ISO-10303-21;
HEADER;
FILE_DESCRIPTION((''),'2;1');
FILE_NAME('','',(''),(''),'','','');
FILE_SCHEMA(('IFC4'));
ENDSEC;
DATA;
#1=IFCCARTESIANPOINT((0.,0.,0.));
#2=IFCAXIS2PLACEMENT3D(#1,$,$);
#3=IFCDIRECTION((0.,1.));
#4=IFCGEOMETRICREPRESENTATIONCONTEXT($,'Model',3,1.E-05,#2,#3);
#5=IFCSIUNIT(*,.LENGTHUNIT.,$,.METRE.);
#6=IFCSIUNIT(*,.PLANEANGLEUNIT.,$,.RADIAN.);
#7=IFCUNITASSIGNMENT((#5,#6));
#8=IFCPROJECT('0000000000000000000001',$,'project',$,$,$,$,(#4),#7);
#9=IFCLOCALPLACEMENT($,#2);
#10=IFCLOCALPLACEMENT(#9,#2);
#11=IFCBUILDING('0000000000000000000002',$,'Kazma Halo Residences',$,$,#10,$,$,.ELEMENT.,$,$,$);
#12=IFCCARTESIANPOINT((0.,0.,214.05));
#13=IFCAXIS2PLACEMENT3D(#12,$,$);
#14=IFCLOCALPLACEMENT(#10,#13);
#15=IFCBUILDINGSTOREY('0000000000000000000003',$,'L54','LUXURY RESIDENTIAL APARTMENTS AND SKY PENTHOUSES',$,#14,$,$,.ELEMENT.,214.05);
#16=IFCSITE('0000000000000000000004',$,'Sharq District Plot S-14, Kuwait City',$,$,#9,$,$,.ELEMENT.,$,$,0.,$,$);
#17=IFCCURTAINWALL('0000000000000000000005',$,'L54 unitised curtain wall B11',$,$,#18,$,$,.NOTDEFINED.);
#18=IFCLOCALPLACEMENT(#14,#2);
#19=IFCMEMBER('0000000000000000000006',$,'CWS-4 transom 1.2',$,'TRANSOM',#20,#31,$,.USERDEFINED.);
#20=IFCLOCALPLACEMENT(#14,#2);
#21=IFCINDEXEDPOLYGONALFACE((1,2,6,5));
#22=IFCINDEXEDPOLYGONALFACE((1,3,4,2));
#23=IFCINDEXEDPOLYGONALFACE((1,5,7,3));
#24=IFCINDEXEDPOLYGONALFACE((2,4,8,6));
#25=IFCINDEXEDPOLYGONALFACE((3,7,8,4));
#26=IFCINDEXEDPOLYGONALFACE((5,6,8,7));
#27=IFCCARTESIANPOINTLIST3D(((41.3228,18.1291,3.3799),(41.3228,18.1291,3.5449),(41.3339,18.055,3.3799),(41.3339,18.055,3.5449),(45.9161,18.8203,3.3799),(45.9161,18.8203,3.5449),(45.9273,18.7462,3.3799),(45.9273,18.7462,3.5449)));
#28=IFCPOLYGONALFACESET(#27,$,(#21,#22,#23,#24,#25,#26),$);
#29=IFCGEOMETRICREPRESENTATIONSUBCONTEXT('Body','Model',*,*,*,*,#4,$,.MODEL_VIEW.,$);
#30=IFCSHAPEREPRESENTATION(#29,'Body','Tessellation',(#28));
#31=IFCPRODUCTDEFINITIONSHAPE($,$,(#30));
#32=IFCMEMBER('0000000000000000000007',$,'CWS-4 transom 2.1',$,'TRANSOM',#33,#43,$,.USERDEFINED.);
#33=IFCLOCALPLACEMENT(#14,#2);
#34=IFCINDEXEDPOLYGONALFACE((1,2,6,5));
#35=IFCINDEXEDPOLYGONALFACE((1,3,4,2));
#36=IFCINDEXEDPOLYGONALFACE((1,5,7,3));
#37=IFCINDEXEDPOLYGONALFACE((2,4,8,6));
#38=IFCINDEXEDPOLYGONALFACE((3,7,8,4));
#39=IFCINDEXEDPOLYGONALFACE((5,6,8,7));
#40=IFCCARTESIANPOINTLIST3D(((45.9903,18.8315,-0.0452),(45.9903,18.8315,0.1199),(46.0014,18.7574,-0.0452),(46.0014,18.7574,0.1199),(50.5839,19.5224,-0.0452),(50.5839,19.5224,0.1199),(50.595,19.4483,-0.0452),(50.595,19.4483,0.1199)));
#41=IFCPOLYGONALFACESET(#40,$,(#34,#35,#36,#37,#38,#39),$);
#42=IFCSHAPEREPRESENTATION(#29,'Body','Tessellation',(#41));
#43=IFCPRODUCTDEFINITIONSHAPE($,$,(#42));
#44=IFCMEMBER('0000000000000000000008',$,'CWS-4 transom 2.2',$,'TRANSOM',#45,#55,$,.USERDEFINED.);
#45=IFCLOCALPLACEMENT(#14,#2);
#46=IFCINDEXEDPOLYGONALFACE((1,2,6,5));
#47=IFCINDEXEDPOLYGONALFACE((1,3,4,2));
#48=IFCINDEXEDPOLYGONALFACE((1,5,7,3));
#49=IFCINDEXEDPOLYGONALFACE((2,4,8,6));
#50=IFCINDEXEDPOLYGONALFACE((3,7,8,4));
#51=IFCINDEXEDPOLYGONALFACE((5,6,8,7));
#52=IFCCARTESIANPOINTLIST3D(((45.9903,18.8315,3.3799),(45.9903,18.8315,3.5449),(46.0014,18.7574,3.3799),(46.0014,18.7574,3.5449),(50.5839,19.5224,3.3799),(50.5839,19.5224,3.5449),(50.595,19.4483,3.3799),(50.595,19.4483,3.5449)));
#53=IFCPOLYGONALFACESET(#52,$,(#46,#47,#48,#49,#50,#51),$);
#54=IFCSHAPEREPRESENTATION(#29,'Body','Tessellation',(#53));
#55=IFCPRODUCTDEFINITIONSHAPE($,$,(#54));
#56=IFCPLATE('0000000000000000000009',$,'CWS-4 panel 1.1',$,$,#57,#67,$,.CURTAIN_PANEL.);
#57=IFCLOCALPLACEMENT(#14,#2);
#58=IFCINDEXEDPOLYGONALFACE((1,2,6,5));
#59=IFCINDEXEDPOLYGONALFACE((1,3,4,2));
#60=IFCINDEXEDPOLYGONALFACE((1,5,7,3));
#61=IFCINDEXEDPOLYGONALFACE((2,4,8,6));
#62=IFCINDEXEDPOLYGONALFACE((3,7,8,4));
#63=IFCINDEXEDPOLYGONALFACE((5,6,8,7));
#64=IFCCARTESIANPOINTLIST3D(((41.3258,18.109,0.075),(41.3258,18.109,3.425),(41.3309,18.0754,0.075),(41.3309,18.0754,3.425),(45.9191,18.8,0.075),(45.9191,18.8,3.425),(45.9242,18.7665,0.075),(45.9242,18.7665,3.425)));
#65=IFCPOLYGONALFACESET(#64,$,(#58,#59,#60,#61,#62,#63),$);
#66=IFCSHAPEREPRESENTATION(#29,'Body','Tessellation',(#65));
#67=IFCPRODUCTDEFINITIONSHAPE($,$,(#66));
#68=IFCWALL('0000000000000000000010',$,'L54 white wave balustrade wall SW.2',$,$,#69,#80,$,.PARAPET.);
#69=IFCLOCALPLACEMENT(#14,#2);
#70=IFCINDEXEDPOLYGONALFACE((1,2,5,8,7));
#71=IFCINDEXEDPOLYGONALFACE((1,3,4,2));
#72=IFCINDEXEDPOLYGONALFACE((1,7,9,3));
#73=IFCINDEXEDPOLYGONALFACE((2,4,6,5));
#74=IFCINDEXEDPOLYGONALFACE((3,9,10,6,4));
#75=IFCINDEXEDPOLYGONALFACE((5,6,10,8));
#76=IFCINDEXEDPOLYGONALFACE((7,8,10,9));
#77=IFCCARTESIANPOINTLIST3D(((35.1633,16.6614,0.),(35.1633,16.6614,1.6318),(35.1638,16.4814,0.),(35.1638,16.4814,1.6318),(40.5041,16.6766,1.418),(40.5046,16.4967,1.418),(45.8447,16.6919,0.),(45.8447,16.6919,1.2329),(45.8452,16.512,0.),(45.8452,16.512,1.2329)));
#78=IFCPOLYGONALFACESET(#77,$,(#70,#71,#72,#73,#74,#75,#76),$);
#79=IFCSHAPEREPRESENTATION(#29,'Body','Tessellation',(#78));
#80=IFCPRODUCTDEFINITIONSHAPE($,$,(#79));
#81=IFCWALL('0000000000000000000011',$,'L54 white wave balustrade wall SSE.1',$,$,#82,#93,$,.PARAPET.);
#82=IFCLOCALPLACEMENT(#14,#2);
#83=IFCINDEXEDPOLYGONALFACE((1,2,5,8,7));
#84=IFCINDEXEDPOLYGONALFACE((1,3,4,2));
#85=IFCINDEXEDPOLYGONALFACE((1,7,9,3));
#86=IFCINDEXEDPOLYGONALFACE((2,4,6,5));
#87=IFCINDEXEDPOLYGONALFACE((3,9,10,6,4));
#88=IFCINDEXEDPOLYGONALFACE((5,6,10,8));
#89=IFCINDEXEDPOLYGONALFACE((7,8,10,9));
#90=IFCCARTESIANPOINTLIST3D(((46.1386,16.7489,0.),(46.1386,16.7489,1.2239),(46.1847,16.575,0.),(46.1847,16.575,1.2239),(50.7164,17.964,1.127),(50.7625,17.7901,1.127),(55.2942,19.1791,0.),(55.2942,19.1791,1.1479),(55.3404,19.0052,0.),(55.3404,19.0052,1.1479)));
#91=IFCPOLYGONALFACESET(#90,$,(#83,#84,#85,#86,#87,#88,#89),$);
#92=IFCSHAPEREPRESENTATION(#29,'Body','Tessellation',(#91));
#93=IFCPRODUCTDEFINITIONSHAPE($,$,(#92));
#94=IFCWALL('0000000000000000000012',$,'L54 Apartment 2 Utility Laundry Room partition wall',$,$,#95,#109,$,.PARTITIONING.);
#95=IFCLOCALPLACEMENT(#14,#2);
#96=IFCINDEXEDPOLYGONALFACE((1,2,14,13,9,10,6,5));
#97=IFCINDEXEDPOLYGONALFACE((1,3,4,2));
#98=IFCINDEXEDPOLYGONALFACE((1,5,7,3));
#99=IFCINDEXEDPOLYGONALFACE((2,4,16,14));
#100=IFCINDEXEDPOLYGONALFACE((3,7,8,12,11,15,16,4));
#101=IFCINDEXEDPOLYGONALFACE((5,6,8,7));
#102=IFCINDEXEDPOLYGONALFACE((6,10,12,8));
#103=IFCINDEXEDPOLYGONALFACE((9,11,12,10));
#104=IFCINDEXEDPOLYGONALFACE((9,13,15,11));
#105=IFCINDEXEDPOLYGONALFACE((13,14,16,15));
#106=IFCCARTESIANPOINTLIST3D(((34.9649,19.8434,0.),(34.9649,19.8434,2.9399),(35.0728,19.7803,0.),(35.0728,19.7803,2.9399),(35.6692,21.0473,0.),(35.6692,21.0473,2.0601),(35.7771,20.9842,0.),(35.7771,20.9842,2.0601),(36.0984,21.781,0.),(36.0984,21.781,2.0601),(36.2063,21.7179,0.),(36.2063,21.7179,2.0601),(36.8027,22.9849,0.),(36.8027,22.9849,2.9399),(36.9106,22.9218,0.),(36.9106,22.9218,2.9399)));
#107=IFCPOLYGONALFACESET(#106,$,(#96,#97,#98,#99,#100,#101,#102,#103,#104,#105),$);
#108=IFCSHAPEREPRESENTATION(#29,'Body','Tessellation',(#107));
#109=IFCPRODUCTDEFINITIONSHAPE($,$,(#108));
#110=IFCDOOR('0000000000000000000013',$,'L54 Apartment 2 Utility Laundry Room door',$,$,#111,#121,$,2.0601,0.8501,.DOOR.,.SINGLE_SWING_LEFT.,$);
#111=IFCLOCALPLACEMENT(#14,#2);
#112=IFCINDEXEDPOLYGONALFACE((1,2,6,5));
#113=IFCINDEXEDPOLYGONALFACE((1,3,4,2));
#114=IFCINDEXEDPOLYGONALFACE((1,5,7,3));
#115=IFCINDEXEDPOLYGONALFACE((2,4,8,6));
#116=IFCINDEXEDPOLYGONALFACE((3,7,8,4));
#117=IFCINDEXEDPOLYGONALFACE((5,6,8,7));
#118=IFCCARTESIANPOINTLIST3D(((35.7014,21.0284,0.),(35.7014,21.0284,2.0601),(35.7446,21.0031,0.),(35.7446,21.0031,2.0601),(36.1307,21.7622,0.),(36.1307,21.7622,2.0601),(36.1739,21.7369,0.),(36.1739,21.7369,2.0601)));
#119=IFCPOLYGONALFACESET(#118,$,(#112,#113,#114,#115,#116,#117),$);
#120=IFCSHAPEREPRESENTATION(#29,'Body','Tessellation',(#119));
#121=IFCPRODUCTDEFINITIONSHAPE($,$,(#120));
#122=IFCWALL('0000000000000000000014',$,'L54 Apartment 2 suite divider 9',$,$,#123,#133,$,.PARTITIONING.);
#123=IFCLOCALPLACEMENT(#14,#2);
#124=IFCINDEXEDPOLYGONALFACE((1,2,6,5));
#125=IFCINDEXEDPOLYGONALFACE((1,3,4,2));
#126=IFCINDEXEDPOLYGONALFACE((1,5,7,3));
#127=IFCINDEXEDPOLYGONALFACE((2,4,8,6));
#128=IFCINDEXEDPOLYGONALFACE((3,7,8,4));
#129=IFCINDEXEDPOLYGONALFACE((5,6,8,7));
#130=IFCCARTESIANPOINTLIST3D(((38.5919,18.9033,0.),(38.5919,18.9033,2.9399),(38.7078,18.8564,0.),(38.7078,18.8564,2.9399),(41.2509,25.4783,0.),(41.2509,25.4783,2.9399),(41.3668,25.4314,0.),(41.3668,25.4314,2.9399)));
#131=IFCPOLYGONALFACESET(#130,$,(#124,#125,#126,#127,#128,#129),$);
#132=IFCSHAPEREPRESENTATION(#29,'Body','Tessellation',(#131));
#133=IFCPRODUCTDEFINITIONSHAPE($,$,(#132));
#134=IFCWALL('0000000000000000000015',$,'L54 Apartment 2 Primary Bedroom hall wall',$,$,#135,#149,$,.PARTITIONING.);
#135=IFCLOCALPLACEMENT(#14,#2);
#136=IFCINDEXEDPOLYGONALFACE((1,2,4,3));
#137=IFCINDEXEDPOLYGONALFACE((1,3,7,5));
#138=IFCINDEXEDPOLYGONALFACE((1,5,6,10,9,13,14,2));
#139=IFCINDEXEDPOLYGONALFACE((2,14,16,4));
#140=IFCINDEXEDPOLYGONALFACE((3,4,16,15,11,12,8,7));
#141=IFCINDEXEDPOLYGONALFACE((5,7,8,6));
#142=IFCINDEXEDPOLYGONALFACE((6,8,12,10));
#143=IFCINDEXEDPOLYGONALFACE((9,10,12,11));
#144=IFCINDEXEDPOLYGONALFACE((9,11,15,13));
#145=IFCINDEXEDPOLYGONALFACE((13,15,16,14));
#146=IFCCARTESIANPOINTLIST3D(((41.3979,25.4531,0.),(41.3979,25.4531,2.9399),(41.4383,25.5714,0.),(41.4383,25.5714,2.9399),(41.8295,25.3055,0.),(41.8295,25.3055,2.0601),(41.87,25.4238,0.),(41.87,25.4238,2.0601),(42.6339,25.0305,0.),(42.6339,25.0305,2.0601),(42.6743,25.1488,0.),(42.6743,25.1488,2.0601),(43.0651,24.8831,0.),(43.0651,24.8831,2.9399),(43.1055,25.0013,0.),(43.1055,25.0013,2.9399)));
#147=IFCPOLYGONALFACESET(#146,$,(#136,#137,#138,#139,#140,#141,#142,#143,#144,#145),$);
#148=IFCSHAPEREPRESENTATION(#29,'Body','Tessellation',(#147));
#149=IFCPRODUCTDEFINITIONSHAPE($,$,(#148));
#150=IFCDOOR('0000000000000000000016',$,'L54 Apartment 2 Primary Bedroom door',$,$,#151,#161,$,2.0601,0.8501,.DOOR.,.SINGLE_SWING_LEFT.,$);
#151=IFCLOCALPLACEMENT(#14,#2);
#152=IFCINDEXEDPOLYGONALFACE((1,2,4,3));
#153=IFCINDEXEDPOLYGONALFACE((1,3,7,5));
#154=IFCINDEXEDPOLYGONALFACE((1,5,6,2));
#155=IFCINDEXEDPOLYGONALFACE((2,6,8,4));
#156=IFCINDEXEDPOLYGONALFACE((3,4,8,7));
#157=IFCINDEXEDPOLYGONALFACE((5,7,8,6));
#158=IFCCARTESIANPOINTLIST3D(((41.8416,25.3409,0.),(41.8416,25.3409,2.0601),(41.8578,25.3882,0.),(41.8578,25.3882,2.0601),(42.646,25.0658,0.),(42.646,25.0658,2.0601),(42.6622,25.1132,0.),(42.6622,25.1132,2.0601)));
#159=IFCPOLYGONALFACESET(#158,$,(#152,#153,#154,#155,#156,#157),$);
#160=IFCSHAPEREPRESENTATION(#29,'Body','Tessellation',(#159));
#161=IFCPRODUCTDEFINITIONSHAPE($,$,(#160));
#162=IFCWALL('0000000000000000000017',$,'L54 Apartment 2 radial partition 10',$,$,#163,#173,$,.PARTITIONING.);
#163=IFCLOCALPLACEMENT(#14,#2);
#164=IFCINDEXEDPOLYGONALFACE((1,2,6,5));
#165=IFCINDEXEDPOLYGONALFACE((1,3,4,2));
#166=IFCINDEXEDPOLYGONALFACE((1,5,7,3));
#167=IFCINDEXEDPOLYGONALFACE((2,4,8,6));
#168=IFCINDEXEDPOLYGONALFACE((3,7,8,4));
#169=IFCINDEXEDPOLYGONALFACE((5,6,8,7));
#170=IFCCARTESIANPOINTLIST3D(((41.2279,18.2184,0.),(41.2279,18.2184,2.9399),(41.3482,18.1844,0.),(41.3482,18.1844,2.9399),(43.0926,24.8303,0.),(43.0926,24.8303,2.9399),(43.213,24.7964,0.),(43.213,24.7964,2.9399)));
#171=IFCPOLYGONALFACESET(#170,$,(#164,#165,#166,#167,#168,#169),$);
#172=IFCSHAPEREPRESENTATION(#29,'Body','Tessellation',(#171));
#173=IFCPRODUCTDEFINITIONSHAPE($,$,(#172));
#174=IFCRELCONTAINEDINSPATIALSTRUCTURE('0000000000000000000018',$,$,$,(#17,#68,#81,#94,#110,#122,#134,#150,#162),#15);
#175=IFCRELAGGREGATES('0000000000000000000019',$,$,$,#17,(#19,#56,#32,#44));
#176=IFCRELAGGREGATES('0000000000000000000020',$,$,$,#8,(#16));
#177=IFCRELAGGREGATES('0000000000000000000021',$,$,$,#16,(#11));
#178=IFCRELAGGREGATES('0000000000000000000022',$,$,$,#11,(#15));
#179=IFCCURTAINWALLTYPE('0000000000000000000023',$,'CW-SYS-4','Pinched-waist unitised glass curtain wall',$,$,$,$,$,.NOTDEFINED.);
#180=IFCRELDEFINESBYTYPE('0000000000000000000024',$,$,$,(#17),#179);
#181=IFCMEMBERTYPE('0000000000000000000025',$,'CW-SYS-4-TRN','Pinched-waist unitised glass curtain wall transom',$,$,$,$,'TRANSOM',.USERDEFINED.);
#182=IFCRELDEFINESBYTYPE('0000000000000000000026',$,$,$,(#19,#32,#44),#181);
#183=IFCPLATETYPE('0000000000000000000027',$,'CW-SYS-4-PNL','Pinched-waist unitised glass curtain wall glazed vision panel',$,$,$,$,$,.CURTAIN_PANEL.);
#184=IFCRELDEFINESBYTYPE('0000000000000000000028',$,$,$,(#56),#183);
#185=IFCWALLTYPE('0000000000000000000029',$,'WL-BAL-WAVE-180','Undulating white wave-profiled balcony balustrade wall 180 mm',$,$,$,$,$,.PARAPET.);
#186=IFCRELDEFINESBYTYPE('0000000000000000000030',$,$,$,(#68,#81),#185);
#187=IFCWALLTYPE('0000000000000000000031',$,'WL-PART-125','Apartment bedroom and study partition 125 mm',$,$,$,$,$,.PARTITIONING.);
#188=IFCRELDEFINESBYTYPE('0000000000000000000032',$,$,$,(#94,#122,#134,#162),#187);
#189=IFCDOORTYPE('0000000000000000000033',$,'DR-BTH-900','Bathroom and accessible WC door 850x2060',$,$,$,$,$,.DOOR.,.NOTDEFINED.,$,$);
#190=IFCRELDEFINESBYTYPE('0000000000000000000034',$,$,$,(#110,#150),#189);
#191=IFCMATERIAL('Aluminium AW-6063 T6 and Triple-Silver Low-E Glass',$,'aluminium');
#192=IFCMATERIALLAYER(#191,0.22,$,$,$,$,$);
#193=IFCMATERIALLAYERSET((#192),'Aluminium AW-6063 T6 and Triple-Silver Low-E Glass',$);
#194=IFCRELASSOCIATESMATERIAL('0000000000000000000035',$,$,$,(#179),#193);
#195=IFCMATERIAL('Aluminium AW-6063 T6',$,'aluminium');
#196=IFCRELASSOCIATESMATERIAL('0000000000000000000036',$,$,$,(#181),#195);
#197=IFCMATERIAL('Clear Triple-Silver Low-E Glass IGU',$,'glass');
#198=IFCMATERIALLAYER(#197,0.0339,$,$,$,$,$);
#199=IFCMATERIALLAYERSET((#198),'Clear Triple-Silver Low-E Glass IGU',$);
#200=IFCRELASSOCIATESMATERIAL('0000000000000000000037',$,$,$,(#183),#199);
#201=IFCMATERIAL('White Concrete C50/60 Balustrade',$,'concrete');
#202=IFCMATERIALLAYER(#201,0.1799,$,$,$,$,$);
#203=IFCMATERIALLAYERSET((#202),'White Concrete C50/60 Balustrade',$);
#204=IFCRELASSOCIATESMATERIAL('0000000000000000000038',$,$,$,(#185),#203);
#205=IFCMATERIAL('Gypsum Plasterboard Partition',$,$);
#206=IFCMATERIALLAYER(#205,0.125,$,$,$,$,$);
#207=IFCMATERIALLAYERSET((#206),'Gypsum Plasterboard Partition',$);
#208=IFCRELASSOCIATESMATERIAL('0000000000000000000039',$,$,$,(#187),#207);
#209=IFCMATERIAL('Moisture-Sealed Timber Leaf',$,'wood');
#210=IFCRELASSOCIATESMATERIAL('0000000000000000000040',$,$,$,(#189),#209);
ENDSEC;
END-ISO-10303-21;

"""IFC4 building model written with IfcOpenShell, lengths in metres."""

from ifc_helpers import new_model, si_unit, direction, frame, frame_2d, origin, origin_2d, place, context, subcontext, project, spatial, polyline, rectangle, outline, extrude, material, layer, layer_set, material_profile, profile_set, type_object, element, fill, aggregate, save


model = new_model("IFC4")

# Units and contexts
model_context = context("Model", 3, precision=1e-05, world=origin(), true_north=direction((0.0, 1.0)))
body_context = subcontext(model_context, "Body", "Model", "MODEL_VIEW")
ifc_project = project(units=[si_unit("LENGTHUNIT", "METRE"), si_unit("PLANEANGLEUNIT", "RADIAN")], contexts=[model_context])

# Site, building, storey
site_placement = place(None, origin())
site = spatial("IfcSite", under=ifc_project, at=site_placement, Name="Sharq District Plot S-14, Kuwait City", CompositionType="ELEMENT", RefElevation=0.0)
building_placement = place(site_placement, origin())
building = spatial("IfcBuilding", under=site, at=building_placement, Name="Kazma Halo Residences", CompositionType="ELEMENT")
storey_placement = place(building_placement, frame((0.0, 0.0, 214.05)))
storey = spatial("IfcBuildingStorey", under=building, at=storey_placement, Name="L54", Description="LUXURY RESIDENTIAL APARTMENTS AND SKY PENTHOUSES", CompositionType="ELEMENT", Elevation=214.05)

# Curtain wall, members, plate
ifc_material_1 = material(Name="Aluminium AW-6063 T6 and Triple-Silver Low-E Glass", Category="aluminium")
ifc_layer_1 = layer(ifc_material_1, 0.22)
ifc_layer_set_1 = layer_set([ifc_layer_1], Name="Aluminium AW-6063 T6 and Triple-Silver Low-E Glass")
curtain_wall_type = type_object("IfcCurtainWallType", Name="CW-SYS-4", Description="Pinched-waist unitised glass curtain wall", PredefinedType="NOTDEFINED", material=ifc_layer_set_1)
curtain_wall_placement = place(storey_placement, origin())
curtain_wall = element("IfcCurtainWall", 1, at=curtain_wall_placement, inside=storey, type_object=curtain_wall_type, Name="L54 unitised curtain wall B11", PredefinedType="NOTDEFINED")
ifc_material_2 = material(Name="Aluminium AW-6063 T6", Category="aluminium")
ifc_material_profile_1 = material_profile(ifc_material_2, rectangle(XDim=0.075, YDim=0.165, at=origin_2d()), Name="CWT-75x165")
ifc_profile_set_1 = profile_set([ifc_material_profile_1], Name="Aluminium AW-6063 T6")
member_type_1 = type_object("IfcMemberType", Name="CW-SYS-4-TRN", Description="Pinched-waist unitised glass curtain wall transom", ElementType="TRANSOM", PredefinedType="USERDEFINED", material=ifc_profile_set_1)
member_1_placement = place(storey_placement, frame((41.3284, 18.092, 3.4624), z_axis=(0.988868, 0.148798, 0.0), x_axis=(-0.148798, 0.988868, 0.0)))
member_1 = element("IfcMember", 2, at=member_1_placement, type_object=member_type_1, Name="CWS-4 transom 1.2", ObjectType="TRANSOM", PredefinedType="USERDEFINED", context=body_context, shape_type="SweptSolid", body=[
    extrude(rectangle(XDim=0.075, YDim=0.165, at=origin_2d()), origin(), (0.0, 0.0, 1.0), 4.645),
])
member_2_placement = place(storey_placement, frame((45.9958, 18.7944, 0.0374), z_axis=(0.988877, 0.148739, 0.0), x_axis=(-0.148739, 0.988877, 0.0)))
member_2 = element("IfcMember", 3, at=member_2_placement, type_object=member_type_1, Name="CWS-4 transom 2.1", ObjectType="TRANSOM", PredefinedType="USERDEFINED", context=body_context, shape_type="SweptSolid", body=[
    extrude(rectangle(XDim=0.075, YDim=0.165, at=origin_2d()), origin(), (0.0, 0.0, 1.0), 4.6453),
])
member_3_placement = place(storey_placement, frame((45.9958, 18.7944, 3.4624), z_axis=(0.988877, 0.148739, 0.0), x_axis=(-0.148739, 0.988877, 0.0)))
member_3 = element("IfcMember", 4, at=member_3_placement, type_object=member_type_1, Name="CWS-4 transom 2.2", ObjectType="TRANSOM", PredefinedType="USERDEFINED", context=body_context, shape_type="SweptSolid", body=[
    extrude(rectangle(XDim=0.075, YDim=0.165, at=origin_2d()), origin(), (0.0, 0.0, 1.0), 4.6453),
])
ifc_material_3 = material(Name="Clear Triple-Silver Low-E Glass IGU", Category="glass")
ifc_layer_2 = layer(ifc_material_3, 0.0339)
ifc_layer_set_2 = layer_set([ifc_layer_2], Name="Clear Triple-Silver Low-E Glass IGU")
plate_type = type_object("IfcPlateType", Name="CW-SYS-4-PNL", Description="Pinched-waist unitised glass curtain wall glazed vision panel", PredefinedType="CURTAIN_PANEL", material=ifc_layer_set_2)
plate_placement = place(storey_placement, frame((43.625, 18.4377, 0.075), z_axis=(0.0, 0.0, 1.0), x_axis=(0.988871, 0.148773, 0.0)))
plate = element("IfcPlate", 5, at=plate_placement, type_object=plate_type, Name="CWS-4 panel 1.1", PredefinedType="CURTAIN_PANEL", context=body_context, shape_type="SweptSolid", body=[
    extrude(rectangle(XDim=4.645, YDim=0.0339, at=origin_2d()), origin(), (0.0, 0.0, 1.0), 3.3501),
])
aggregate(curtain_wall, [member_1, plate, member_2, member_3])

# Walls
ifc_material_4 = material(Name="White Concrete C50/60 Balustrade", Category="concrete")
ifc_layer_3 = layer(ifc_material_4, 0.1799)
ifc_layer_set_3 = layer_set([ifc_layer_3], Name="White Concrete C50/60 Balustrade")
wall_type_1 = type_object("IfcWallType", Name="WL-BAL-WAVE-180", Description="Undulating white wave-profiled balcony balustrade wall 180 mm", PredefinedType="PARAPET", material=ifc_layer_set_3)
wall_1_placement = place(storey_placement, frame((35.1636, 16.5715, 0.0), z_axis=(0.0, 0.0, 1.0), x_axis=(0.999996, 0.002857, 0.0)))
element("IfcWall", 6, at=wall_1_placement, inside=storey, type_object=wall_type_1, Name="L54 white wave balustrade wall SW.2", PredefinedType="PARAPET", context=body_context, shape_type="SweptSolid", body=[
    extrude(outline(polyline([(0.0, 0.0), (10.6814, 0.0), (10.6814, 1.2329), (5.3408, 1.418), (0.0, 1.6318), (0.0, 0.0)])), frame((0.0, 0.0898, 0.0), z_axis=(0.0, -1.0, 0.0), x_axis=(1.0, 0.0, 0.0)), (0.0, 0.0, 1.0), 0.1799),
])
wall_2_placement = place(storey_placement, frame((46.1616, 16.6621, 0.0), z_axis=(0.0, 0.0, 1.0), x_axis=(0.966531, 0.256549, 0.0)))
element("IfcWall", 7, at=wall_2_placement, inside=storey, type_object=wall_type_1, Name="L54 white wave balustrade wall SSE.1", PredefinedType="PARAPET", context=body_context, shape_type="SweptSolid", body=[
    extrude(outline(polyline([(0.0, 0.0), (9.4727, 0.0), (9.4727, 1.1479), (4.7363, 1.127), (0.0, 1.2239), (0.0, 0.0)])), frame((0.0, 0.0898, 0.0), z_axis=(0.0, -1.0, 0.0), x_axis=(1.0, 0.0, 0.0)), (0.0, 0.0, 1.0), 0.1799),
])

# Wall, opening, door
ifc_material_5 = material(Name="Gypsum Plasterboard Partition")
ifc_layer_4 = layer(ifc_material_5, 0.125)
ifc_layer_set_4 = layer_set([ifc_layer_4], Name="Gypsum Plasterboard Partition")
wall_type_2 = type_object("IfcWallType", Name="WL-PART-125", Description="Apartment bedroom and study partition 125 mm", PredefinedType="PARTITIONING", material=ifc_layer_set_4)
wall_3_placement = place(storey_placement, frame((36.8567, 22.9534, 0.0), z_axis=(0.0, 0.0, 1.0), x_axis=(-0.504955, -0.863146, 0.0)))
wall_3 = element("IfcWall", 8, at=wall_3_placement, inside=storey, type_object=wall_type_2, Name="L54 Apartment 2 Utility Laundry Room partition wall", PredefinedType="PARTITIONING", context=body_context, shape_type="SweptSolid", body=[
    extrude(rectangle(XDim=3.6396, YDim=0.125, at=frame_2d((1.8198, 0.0))), origin(), (0.0, 0.0, 1.0), 2.9399),
])
opening_1_placement = place(wall_3_placement, frame((1.3948, 0.0, 0.0)))
opening_1 = element("IfcOpeningElement", 9, at=opening_1_placement, cuts=wall_3, PredefinedType="OPENING", context=body_context, shape_type="SweptSolid", body=[
    extrude(rectangle(XDim=0.8501, YDim=2.0601, at=frame_2d((0.425, 1.03))), frame((0.0, 0.0725, 0.0), z_axis=(0.0, -1.0, 0.0), x_axis=(1.0, 0.0, 0.0)), (0.0, 0.0, 1.0), 0.145),
])
ifc_material_6 = material(Name="Moisture-Sealed Timber Leaf", Category="wood")
door_type_1 = type_object("IfcDoorType", Name="DR-BTH-900", Description="Bathroom and accessible WC door 850x2060", OperationType="NOTDEFINED", PredefinedType="DOOR", material=ifc_material_6)
door_1_placement = place(opening_1_placement, origin())
door_1 = element("IfcDoor", 10, at=door_1_placement, inside=storey, type_object=door_type_1, Name="L54 Apartment 2 Utility Laundry Room door", OperationType="SINGLE_SWING_LEFT", OverallHeight=2.0601, OverallWidth=0.8501, PredefinedType="DOOR", context=body_context, shape_type="SweptSolid", body=[
    extrude(rectangle(XDim=0.8501, YDim=2.0601, at=frame_2d((0.425, 1.03))), frame((0.0, 0.0249, 0.0), z_axis=(0.0, -1.0, 0.0), x_axis=(1.0, 0.0, 0.0)), (0.0, 0.0, 1.0), 0.05),
])
fill(opening_1, door_1)

# Wall
wall_4_placement = place(storey_placement, frame((41.3088, 25.4548, 0.0), z_axis=(0.0, 0.0, 1.0), x_axis=(-0.374908, -0.927062, 0.0)))
element("IfcWall", 11, at=wall_4_placement, inside=storey, type_object=wall_type_2, Name="L54 Apartment 2 suite divider 9", PredefinedType="PARTITIONING", context=body_context, shape_type="SweptSolid", body=[
    extrude(rectangle(XDim=7.0923, YDim=0.125, at=frame_2d((3.5461, 0.0))), origin(), (0.0, 0.0, 1.0), 2.9399),
])

# Wall, opening, door
wall_5_placement = place(storey_placement, frame((41.4182, 25.5122, 0.0), z_axis=(0.0, 0.0, 1.0), x_axis=(0.946216, -0.323534, 0.0)))
wall_5 = element("IfcWall", 12, at=wall_5_placement, inside=storey, type_object=wall_type_2, Name="L54 Apartment 2 Primary Bedroom hall wall", PredefinedType="PARTITIONING", context=body_context, shape_type="SweptSolid", body=[
    extrude(rectangle(XDim=1.762, YDim=0.125, at=frame_2d((0.8809, 0.0))), origin(), (0.0, 0.0, 1.0), 2.9399),
])
opening_2_placement = place(wall_5_placement, frame((0.4561, 0.0, 0.0)))
opening_2 = element("IfcOpeningElement", 13, at=opening_2_placement, cuts=wall_5, PredefinedType="OPENING", context=body_context, shape_type="SweptSolid", body=[
    extrude(rectangle(XDim=0.8501, YDim=2.0601, at=frame_2d((0.425, 1.03))), frame((0.0, 0.0725, 0.0), z_axis=(0.0, -1.0, 0.0), x_axis=(1.0, 0.0, 0.0)), (0.0, 0.0, 1.0), 0.145),
])
door_2_placement = place(opening_2_placement, origin())
door_2 = element("IfcDoor", 14, at=door_2_placement, inside=storey, type_object=door_type_1, Name="L54 Apartment 2 Primary Bedroom door", OperationType="SINGLE_SWING_LEFT", OverallHeight=2.0601, OverallWidth=0.8501, PredefinedType="DOOR", context=body_context, shape_type="SweptSolid", body=[
    extrude(rectangle(XDim=0.8501, YDim=2.0601, at=frame_2d((0.425, 1.03))), frame((0.0, 0.0249, 0.0), z_axis=(0.0, -1.0, 0.0), x_axis=(1.0, 0.0, 0.0)), (0.0, 0.0, 1.0), 0.05),
])
fill(opening_2, door_2)

# Wall
wall_6_placement = place(storey_placement, frame((43.1528, 24.8135, 0.0), z_axis=(0.0, 0.0, 1.0), x_axis=(-0.271434, -0.962457, 0.0)))
element("IfcWall", 15, at=wall_6_placement, inside=storey, type_object=wall_type_2, Name="L54 Apartment 2 radial partition 10", PredefinedType="PARTITIONING", context=body_context, shape_type="SweptSolid", body=[
    extrude(rectangle(XDim=6.8699, YDim=0.125, at=frame_2d((3.4351, 0.0))), origin(), (0.0, 0.0, 1.0), 2.9399),
])

save(model, "model.ifc")
